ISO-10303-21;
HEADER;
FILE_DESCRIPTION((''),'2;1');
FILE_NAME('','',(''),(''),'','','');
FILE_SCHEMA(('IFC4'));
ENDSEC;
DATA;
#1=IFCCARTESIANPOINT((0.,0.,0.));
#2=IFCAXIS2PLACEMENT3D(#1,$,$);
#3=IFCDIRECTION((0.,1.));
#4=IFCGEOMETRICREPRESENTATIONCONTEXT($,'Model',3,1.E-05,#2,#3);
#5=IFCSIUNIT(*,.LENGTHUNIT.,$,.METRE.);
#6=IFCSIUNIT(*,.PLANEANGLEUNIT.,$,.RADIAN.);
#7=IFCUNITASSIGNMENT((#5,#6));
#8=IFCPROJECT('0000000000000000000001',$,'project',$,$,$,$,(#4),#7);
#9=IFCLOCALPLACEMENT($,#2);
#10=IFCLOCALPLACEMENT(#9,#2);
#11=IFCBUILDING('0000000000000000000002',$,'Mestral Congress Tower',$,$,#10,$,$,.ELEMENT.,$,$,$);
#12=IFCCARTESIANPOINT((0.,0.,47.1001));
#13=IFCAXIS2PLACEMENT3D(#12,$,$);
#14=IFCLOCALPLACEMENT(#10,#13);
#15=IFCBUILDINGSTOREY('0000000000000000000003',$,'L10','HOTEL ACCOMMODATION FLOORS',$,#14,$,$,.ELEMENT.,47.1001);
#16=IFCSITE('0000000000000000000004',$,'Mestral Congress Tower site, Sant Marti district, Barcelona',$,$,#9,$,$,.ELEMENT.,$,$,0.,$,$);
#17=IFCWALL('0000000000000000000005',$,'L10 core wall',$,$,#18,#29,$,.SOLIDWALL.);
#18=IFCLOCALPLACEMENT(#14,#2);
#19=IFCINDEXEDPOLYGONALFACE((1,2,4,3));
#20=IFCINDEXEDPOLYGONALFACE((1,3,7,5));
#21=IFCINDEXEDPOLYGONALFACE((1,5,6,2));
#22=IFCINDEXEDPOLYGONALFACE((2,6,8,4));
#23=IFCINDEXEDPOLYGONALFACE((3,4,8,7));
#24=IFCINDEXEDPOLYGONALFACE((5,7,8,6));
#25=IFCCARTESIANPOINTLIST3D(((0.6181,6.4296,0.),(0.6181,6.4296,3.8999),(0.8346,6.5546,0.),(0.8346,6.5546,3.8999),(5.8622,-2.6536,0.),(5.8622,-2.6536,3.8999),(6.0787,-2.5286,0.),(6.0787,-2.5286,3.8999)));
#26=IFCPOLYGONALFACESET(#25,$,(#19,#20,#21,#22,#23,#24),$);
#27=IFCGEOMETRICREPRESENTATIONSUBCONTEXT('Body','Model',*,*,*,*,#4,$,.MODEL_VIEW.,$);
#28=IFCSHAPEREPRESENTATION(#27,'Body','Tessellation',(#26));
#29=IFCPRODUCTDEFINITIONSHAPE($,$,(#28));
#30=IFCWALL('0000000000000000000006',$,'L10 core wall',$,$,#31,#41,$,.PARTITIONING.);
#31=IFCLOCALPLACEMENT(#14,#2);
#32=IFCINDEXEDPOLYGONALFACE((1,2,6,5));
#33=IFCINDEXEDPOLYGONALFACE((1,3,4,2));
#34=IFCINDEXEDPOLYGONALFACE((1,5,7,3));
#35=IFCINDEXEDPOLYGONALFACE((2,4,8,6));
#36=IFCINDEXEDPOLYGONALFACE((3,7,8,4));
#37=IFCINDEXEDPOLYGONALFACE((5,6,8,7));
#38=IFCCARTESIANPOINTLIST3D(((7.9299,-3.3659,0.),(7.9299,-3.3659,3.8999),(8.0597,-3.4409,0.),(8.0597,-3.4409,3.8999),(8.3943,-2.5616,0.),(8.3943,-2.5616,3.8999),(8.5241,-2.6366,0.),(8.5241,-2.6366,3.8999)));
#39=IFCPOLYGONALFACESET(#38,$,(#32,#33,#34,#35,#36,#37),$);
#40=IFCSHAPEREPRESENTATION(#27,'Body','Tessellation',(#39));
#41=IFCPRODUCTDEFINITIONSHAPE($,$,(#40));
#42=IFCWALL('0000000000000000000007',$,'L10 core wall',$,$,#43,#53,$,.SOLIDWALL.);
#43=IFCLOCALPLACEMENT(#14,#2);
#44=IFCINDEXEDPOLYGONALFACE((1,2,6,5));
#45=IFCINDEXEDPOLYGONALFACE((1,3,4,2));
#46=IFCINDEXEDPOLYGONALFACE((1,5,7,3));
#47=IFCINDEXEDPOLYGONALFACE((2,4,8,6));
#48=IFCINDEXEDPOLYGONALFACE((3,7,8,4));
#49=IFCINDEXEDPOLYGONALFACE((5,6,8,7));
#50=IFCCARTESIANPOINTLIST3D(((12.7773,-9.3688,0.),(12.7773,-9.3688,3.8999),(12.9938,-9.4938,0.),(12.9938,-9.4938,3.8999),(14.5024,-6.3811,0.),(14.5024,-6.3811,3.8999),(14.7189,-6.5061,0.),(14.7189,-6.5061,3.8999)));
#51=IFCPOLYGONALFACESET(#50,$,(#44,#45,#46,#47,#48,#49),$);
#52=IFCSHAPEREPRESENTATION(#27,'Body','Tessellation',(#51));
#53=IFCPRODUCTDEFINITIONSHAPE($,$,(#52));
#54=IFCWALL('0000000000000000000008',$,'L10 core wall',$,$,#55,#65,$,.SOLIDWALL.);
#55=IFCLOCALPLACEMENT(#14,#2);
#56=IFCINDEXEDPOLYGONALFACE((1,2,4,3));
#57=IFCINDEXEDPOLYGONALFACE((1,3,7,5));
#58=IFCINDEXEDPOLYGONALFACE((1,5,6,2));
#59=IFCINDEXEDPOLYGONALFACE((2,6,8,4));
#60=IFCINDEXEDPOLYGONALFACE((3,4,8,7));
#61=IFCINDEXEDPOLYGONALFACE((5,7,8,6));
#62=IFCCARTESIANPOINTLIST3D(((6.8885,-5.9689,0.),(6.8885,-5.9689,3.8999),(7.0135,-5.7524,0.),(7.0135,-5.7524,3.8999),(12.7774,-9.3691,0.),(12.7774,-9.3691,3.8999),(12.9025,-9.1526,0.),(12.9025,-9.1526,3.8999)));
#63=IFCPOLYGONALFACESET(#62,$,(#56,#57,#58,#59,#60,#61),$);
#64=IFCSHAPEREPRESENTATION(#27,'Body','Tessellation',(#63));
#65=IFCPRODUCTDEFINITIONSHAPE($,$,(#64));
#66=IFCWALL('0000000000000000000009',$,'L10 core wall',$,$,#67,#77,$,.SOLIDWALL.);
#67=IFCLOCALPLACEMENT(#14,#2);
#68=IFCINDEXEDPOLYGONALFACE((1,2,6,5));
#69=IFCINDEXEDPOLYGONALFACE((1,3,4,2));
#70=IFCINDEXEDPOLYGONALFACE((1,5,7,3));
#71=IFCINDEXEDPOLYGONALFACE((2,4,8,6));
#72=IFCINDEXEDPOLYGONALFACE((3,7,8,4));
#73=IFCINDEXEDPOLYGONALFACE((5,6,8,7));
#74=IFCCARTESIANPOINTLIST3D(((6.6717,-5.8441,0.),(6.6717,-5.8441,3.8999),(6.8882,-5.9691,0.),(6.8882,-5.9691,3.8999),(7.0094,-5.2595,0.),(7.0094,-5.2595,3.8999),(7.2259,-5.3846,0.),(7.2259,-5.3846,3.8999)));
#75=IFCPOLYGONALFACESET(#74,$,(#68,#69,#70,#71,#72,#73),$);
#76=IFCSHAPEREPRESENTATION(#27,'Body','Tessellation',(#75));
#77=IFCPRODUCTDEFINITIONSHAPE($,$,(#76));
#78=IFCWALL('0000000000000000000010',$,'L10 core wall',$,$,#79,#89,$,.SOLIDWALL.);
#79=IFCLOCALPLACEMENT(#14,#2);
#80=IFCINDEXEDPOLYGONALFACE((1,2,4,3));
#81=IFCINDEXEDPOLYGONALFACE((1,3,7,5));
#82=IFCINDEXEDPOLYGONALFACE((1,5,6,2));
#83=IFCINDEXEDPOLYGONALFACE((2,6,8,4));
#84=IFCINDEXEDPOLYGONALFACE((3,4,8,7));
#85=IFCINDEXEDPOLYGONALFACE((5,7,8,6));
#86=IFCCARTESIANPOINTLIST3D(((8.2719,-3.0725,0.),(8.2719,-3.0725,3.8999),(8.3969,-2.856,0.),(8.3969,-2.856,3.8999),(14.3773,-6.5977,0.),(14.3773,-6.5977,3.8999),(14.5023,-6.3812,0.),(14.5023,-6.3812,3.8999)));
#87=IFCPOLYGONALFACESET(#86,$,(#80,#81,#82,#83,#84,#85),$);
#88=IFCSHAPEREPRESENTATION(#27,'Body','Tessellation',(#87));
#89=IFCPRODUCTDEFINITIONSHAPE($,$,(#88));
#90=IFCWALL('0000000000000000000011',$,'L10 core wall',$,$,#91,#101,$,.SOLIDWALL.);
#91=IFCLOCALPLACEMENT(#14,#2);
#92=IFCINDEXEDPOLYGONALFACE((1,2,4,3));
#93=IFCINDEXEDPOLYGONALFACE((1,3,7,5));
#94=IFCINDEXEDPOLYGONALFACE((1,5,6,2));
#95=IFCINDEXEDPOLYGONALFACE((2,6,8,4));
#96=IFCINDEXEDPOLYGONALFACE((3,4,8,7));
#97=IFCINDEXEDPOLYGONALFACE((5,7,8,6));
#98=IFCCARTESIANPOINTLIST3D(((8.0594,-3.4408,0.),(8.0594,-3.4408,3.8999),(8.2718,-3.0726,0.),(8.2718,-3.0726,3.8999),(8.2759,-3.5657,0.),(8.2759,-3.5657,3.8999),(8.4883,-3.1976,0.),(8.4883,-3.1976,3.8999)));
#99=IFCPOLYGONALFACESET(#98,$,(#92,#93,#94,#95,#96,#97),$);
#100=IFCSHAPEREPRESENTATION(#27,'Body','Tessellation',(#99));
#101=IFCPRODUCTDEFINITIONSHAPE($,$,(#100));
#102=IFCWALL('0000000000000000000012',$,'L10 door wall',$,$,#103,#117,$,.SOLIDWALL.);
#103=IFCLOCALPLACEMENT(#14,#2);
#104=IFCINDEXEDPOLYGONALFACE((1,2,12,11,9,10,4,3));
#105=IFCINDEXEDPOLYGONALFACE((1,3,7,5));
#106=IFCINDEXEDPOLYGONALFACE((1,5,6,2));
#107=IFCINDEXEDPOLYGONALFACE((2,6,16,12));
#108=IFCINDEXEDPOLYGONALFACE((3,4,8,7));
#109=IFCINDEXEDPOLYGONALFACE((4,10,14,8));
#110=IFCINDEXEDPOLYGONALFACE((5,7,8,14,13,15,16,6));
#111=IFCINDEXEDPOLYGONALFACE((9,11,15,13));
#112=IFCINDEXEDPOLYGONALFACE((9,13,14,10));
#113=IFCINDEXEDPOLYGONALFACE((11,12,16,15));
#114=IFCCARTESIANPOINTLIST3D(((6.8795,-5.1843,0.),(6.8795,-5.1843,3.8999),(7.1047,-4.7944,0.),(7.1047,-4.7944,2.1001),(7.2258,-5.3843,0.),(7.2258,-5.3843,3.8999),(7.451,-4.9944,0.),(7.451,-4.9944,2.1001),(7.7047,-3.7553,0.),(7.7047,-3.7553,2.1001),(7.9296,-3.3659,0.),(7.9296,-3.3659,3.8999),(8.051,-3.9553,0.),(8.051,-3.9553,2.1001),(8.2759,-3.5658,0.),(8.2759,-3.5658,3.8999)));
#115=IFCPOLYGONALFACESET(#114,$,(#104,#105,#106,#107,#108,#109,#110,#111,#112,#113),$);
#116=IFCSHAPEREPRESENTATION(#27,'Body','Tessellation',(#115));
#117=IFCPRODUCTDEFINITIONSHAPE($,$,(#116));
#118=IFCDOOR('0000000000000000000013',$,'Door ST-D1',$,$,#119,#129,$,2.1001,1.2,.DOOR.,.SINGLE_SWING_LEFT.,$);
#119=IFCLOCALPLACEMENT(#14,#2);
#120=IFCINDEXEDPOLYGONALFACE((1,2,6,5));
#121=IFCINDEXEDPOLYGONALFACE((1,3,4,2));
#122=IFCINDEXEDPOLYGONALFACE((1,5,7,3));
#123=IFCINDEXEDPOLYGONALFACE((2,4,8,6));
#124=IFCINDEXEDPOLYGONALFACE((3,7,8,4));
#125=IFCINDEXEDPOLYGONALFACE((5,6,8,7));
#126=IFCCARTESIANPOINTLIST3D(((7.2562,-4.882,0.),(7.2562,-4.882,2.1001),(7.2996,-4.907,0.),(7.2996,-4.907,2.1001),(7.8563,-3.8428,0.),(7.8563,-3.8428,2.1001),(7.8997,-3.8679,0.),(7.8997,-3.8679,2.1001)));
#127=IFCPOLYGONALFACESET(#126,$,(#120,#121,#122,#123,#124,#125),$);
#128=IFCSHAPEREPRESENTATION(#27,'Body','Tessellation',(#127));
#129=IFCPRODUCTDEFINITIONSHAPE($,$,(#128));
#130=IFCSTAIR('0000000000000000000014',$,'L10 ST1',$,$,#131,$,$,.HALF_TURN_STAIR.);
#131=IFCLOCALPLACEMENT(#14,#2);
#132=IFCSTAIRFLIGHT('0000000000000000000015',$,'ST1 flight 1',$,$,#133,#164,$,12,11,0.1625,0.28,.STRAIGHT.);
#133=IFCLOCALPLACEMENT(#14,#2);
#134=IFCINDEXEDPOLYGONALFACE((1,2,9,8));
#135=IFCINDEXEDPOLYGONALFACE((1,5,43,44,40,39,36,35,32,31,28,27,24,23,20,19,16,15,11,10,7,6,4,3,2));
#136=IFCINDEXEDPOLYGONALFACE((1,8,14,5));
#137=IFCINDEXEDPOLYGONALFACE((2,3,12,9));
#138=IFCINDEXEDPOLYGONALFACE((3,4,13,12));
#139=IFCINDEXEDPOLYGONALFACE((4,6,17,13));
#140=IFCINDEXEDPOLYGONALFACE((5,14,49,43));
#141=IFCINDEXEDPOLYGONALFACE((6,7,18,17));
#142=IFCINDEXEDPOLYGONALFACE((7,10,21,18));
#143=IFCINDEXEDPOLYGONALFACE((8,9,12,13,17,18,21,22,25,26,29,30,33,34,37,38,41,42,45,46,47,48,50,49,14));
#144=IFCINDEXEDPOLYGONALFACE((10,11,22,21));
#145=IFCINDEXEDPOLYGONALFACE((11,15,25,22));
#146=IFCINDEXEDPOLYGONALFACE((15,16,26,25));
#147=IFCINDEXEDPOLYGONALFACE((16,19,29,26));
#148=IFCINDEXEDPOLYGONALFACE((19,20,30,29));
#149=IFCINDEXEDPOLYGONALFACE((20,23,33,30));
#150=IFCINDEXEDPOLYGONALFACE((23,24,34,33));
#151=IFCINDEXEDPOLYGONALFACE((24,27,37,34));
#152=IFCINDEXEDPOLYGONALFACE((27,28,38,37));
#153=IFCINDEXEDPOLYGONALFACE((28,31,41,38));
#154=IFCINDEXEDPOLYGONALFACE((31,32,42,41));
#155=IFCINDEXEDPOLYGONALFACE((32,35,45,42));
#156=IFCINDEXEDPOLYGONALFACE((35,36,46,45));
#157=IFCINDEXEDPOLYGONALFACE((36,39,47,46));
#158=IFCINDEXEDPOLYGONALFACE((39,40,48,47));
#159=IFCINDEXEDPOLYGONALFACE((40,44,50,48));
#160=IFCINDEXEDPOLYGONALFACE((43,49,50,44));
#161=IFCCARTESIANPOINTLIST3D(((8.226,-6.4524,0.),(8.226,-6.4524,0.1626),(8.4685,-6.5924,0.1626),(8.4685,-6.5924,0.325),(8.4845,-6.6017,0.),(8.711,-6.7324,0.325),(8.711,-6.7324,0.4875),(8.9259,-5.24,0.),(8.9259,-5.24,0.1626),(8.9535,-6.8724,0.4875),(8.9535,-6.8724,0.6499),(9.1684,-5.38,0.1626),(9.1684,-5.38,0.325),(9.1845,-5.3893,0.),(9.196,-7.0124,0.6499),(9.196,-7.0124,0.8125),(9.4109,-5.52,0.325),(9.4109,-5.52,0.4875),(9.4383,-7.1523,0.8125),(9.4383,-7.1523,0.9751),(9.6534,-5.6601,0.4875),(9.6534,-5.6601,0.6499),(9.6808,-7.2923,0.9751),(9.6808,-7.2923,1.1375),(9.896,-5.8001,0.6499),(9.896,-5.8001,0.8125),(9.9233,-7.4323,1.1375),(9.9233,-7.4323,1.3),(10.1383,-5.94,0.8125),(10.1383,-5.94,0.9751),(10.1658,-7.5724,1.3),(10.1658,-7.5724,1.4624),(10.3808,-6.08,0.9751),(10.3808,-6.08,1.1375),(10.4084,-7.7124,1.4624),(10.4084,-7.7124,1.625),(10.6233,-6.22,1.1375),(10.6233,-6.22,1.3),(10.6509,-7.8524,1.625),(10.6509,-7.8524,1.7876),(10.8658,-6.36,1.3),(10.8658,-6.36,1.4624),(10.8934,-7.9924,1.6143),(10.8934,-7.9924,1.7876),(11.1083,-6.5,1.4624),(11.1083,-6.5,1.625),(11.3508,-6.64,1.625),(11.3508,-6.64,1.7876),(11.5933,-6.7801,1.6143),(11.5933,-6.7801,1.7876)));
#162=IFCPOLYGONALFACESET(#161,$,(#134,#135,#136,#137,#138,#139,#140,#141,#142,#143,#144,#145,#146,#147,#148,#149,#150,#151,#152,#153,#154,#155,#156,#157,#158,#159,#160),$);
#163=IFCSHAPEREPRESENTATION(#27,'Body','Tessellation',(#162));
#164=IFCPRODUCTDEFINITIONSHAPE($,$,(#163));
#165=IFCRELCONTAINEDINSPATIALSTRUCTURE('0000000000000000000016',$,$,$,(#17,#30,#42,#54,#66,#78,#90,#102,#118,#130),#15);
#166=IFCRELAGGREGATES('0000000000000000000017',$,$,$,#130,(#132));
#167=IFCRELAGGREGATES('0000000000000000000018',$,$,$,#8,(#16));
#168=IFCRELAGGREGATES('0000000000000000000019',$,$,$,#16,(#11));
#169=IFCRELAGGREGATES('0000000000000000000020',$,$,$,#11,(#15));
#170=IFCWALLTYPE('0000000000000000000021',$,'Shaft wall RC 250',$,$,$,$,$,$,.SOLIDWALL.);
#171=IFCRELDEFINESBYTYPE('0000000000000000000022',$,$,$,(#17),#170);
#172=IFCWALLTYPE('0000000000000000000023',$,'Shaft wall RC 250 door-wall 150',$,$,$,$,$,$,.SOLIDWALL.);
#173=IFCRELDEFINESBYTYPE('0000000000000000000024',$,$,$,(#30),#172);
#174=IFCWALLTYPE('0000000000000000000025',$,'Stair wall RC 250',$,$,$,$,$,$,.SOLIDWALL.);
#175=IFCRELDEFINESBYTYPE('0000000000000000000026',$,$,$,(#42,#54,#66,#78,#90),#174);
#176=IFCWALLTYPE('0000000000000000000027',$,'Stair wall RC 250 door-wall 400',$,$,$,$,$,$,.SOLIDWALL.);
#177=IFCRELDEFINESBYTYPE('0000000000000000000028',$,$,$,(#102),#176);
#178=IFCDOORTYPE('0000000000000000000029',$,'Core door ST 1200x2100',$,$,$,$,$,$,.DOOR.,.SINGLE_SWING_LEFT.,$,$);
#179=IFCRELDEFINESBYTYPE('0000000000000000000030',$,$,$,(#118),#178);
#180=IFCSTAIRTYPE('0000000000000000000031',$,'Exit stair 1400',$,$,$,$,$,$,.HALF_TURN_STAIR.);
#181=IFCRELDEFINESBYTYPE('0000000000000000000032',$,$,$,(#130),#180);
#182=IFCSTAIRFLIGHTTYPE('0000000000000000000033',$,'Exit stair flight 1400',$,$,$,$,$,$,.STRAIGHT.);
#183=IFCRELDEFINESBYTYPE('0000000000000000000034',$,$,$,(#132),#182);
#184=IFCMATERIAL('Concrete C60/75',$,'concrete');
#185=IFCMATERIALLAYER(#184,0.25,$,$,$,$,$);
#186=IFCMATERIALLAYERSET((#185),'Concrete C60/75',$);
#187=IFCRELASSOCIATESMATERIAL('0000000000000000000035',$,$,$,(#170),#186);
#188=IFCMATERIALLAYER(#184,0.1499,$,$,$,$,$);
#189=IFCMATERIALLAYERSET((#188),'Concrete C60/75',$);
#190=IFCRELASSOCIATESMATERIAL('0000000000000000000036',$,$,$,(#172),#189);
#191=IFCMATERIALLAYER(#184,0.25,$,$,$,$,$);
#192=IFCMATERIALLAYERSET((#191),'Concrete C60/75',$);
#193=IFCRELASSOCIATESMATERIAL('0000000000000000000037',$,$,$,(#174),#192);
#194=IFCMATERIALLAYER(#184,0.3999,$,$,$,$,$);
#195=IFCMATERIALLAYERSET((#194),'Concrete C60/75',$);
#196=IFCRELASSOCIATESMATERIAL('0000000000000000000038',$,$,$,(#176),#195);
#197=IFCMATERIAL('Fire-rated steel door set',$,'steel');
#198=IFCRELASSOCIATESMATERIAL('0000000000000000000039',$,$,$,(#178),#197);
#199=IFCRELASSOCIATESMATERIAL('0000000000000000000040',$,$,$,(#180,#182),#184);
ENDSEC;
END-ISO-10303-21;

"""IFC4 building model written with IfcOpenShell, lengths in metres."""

from ifc_helpers import new_model, si_unit, direction, frame, frame_2d, origin, place, context, subcontext, project, spatial, polyline, rectangle, outline, extrude, material, layer, layer_set, type_object, element, fill, aggregate, save


model = new_model("IFC4")

# Units and contexts
model_context = context("Model", 3, precision=1e-05, world=origin(), true_north=direction((0.0, 1.0)))
body_context = subcontext(model_context, "Body", "Model", "MODEL_VIEW")
ifc_project = project(units=[si_unit("LENGTHUNIT", "METRE"), si_unit("PLANEANGLEUNIT", "RADIAN")], contexts=[model_context])

# Site, building, storey
site_placement = place(None, origin())
site = spatial("IfcSite", under=ifc_project, at=site_placement, Name="Mestral Congress Tower site, Sant Marti district, Barcelona", CompositionType="ELEMENT", RefElevation=0.0)
building_placement = place(site_placement, origin())
building = spatial("IfcBuilding", under=site, at=building_placement, Name="Mestral Congress Tower", CompositionType="ELEMENT")
storey_placement = place(building_placement, frame((0.0, 0.0, 47.1001)))
storey = spatial("IfcBuildingStorey", under=building, at=storey_placement, Name="L10", Description="HOTEL ACCOMMODATION FLOORS", CompositionType="ELEMENT", Elevation=47.1001)

# Shared definitions
ifc_material_1 = material(Name="Fire-rated steel door set", Category="steel")

# Walls
ifc_material_2 = material(Name="Concrete C60/75", Category="concrete")
ifc_layer_1 = layer(ifc_material_2, 0.25)
ifc_layer_set_1 = layer_set([ifc_layer_1], Name="Concrete C60/75")
wall_type_1 = type_object("IfcWallType", Name="Shaft wall RC 250", PredefinedType="SOLIDWALL", material=ifc_layer_set_1)
wall_1_placement = place(storey_placement, frame((5.9705, -2.5911, 0.0), z_axis=(0.0, 0.0, 1.0), x_axis=(-0.499994, 0.866029, 0.0)))
element("IfcWall", 1, at=wall_1_placement, inside=storey, type_object=wall_type_1, Name="L10 core wall", PredefinedType="SOLIDWALL", context=body_context, shape_type="SweptSolid", body=[
    extrude(rectangle(XDim=10.4883, YDim=0.25, at=frame_2d((5.2441, 0.0))), origin(), (0.0, 0.0, 1.0), 3.8999),
])
ifc_layer_2 = layer(ifc_material_2, 0.1499)
ifc_layer_set_2 = layer_set([ifc_layer_2], Name="Concrete C60/75")
wall_type_2 = type_object("IfcWallType", Name="Shaft wall RC 250 door-wall 150", PredefinedType="SOLIDWALL", material=ifc_layer_set_2)
wall_2_placement = place(storey_placement, frame((8.4592, -2.5991, 0.0), z_axis=(0.0, 0.0, 1.0), x_axis=(-0.500041, -0.866002, 0.0)))
element("IfcWall", 2, at=wall_2_placement, inside=storey, type_object=wall_type_2, Name="L10 core wall", PredefinedType="PARTITIONING", context=body_context, shape_type="SweptSolid", body=[
    extrude(rectangle(XDim=0.9287, YDim=0.1499, at=frame_2d((0.4644, 0.0))), origin(), (0.0, 0.0, 1.0), 3.8999),
])
ifc_layer_3 = layer(ifc_material_2, 0.25)
ifc_layer_set_3 = layer_set([ifc_layer_3], Name="Concrete C60/75")
wall_type_3 = type_object("IfcWallType", Name="Stair wall RC 250", PredefinedType="SOLIDWALL", material=ifc_layer_set_3)
wall_3_placement = place(storey_placement, frame((12.8855, -9.4314, 0.0), z_axis=(0.0, 0.0, 1.0), x_axis=(0.500021, 0.866014, 0.0)))
element("IfcWall", 3, at=wall_3_placement, inside=storey, type_object=wall_type_3, Name="L10 core wall", PredefinedType="SOLIDWALL", context=body_context, shape_type="SweptSolid", body=[
    extrude(rectangle(XDim=3.45, YDim=0.25, at=frame_2d((1.7251, 0.0))), origin(), (0.0, 0.0, 1.0), 3.8999),
])
wall_4_placement = place(storey_placement, frame((12.8398, -9.2607, 0.0), z_axis=(0.0, 0.0, 1.0), x_axis=(-0.866014, 0.50002, 0.0)))
element("IfcWall", 4, at=wall_4_placement, inside=storey, type_object=wall_type_3, Name="L10 core wall", PredefinedType="SOLIDWALL", context=body_context, shape_type="SweptSolid", body=[
    extrude(rectangle(XDim=6.8, YDim=0.25, at=frame_2d((3.3999, 0.0))), origin(), (0.0, 0.0, 1.0), 3.8999),
])
wall_5_placement = place(storey_placement, frame((6.78, -5.9065, 0.0), z_axis=(0.0, 0.0, 1.0), x_axis=(0.500223, 0.865896, 0.0)))
element("IfcWall", 5, at=wall_5_placement, inside=storey, type_object=wall_type_3, Name="L10 core wall", PredefinedType="SOLIDWALL", context=body_context, shape_type="SweptSolid", body=[
    extrude(rectangle(XDim=0.675, YDim=0.25, at=frame_2d((0.3374, 0.0))), origin(), (0.0, 0.0, 1.0), 3.8999),
])
wall_6_placement = place(storey_placement, frame((8.3345, -2.9644, 0.0), z_axis=(0.0, 0.0, 1.0), x_axis=(0.866016, -0.500016, 0.0)))
element("IfcWall", 6, at=wall_6_placement, inside=storey, type_object=wall_type_3, Name="L10 core wall", PredefinedType="SOLIDWALL", context=body_context, shape_type="SweptSolid", body=[
    extrude(rectangle(XDim=7.05, YDim=0.25, at=frame_2d((3.5249, 0.0))), origin(), (0.0, 0.0, 1.0), 3.8999),
])
wall_7_placement = place(storey_placement, frame((8.1677, -3.5032, 0.0), z_axis=(0.0, 0.0, 1.0), x_axis=(0.499722, 0.866186, 0.0)))
element("IfcWall", 7, at=wall_7_placement, inside=storey, type_object=wall_type_3, Name="L10 core wall", PredefinedType="SOLIDWALL", context=body_context, shape_type="SweptSolid", body=[
    extrude(rectangle(XDim=0.425, YDim=0.25, at=frame_2d((0.2124, 0.0))), origin(), (0.0, 0.0, 1.0), 3.8999),
])

# Wall, opening, door
ifc_layer_4 = layer(ifc_material_2, 0.3999)
ifc_layer_set_4 = layer_set([ifc_layer_4], Name="Concrete C60/75")
wall_type_4 = type_object("IfcWallType", Name="Stair wall RC 250 door-wall 400", PredefinedType="SOLIDWALL", material=ifc_layer_set_4)
wall_8_placement = place(storey_placement, frame((7.0527, -5.2842, 0.0), z_axis=(0.0, 0.0, 1.0), x_axis=(0.500078, 0.86598, 0.0)))
wall_8 = element("IfcWall", 8, at=wall_8_placement, inside=storey, type_object=wall_type_4, Name="L10 door wall", PredefinedType="SOLIDWALL", context=body_context, shape_type="SweptSolid", body=[
    extrude(rectangle(XDim=2.0999, YDim=0.3999, at=frame_2d((1.0498, 0.0))), origin(), (0.0, 0.0, 1.0), 3.8999),
])
opening_1_placement = place(wall_8_placement, frame((0.45, 0.0, 0.0)))
opening_1 = element("IfcOpeningElement", 9, at=opening_1_placement, cuts=wall_8, PredefinedType="OPENING", context=body_context, shape_type="SweptSolid", body=[
    extrude(rectangle(XDim=1.2, YDim=2.1001, at=frame_2d((0.6001, 1.05))), frame((0.0, 0.21, 0.0), z_axis=(0.0, -1.0, 0.0), x_axis=(1.0, 0.0, 0.0)), (0.0, 0.0, 1.0), 0.4199),
])
door_type_1 = type_object("IfcDoorType", Name="Core door ST 1200x2100", OperationType="SINGLE_SWING_LEFT", PredefinedType="DOOR", material=ifc_material_1)
door_1_placement = place(opening_1_placement, origin())
door_1 = element("IfcDoor", 10, at=door_1_placement, inside=storey, type_object=door_type_1, Name="Door ST-D1", OperationType="SINGLE_SWING_LEFT", OverallHeight=2.1001, OverallWidth=1.2, PredefinedType="DOOR", context=body_context, shape_type="SweptSolid", body=[
    extrude(rectangle(XDim=1.2, YDim=2.1001, at=frame_2d((0.6001, 1.05))), frame((0.0, 0.0249, 0.0), z_axis=(0.0, -1.0, 0.0), x_axis=(1.0, 0.0, 0.0)), (0.0, 0.0, 1.0), 0.05),
])
fill(opening_1, door_1)

# Stair, stair flight
stair_type = type_object("IfcStairType", Name="Exit stair 1400", PredefinedType="HALF_TURN_STAIR", material=ifc_material_2)
stair_placement = place(storey_placement, origin())
stair = element("IfcStair", 11, at=stair_placement, inside=storey, type_object=stair_type, Name="L10 ST1", PredefinedType="HALF_TURN_STAIR")
stair_flight_type = type_object("IfcStairFlightType", Name="Exit stair flight 1400", PredefinedType="STRAIGHT", material=ifc_material_2)
stair_flight_1_placement = place(storey_placement, frame((8.5759, -5.8462, 0.0), z_axis=(0.0, 0.0, 1.0), x_axis=(0.866025, -0.5, 0.0)))
stair_flight_1 = element("IfcStairFlight", 12, at=stair_flight_1_placement, type_object=stair_flight_type, Name="ST1 flight 1", NumberOfRisers=12, NumberOfTreads=11, PredefinedType="STRAIGHT", RiserHeight=0.1625, TreadLength=0.28, context=body_context, shape_type="SweptSolid", body=[
    extrude(outline(polyline([(0.0, 0.0), (0.0, 0.1626), (0.28, 0.1626), (0.28, 0.325), (0.5601, 0.325), (0.5601, 0.4875), (0.8401, 0.4875), (0.8401, 0.6499), (1.1201, 0.6499), (1.1201, 0.8125), (1.3999, 0.8125), (1.3999, 0.9751), (1.6799, 0.9751), (1.6799, 1.1375), (1.96, 1.1375), (1.96, 1.3), (2.24, 1.3), (2.24, 1.4624), (2.52, 1.4624), (2.52, 1.625), (2.8, 1.625), (2.8, 1.7876), (3.0801, 1.7876), (3.0801, 1.95), (3.0801, 1.6143), (0.2986, 0.0), (0.0, 0.0)])), frame((0.0, 0.7, 0.0), z_axis=(0.0, -1.0, 0.0), x_axis=(1.0, 0.0, 0.0)), (0.0, 0.0, 1.0), 1.3999),
])
aggregate(stair, [stair_flight_1])

save(model, "model.ifc")
